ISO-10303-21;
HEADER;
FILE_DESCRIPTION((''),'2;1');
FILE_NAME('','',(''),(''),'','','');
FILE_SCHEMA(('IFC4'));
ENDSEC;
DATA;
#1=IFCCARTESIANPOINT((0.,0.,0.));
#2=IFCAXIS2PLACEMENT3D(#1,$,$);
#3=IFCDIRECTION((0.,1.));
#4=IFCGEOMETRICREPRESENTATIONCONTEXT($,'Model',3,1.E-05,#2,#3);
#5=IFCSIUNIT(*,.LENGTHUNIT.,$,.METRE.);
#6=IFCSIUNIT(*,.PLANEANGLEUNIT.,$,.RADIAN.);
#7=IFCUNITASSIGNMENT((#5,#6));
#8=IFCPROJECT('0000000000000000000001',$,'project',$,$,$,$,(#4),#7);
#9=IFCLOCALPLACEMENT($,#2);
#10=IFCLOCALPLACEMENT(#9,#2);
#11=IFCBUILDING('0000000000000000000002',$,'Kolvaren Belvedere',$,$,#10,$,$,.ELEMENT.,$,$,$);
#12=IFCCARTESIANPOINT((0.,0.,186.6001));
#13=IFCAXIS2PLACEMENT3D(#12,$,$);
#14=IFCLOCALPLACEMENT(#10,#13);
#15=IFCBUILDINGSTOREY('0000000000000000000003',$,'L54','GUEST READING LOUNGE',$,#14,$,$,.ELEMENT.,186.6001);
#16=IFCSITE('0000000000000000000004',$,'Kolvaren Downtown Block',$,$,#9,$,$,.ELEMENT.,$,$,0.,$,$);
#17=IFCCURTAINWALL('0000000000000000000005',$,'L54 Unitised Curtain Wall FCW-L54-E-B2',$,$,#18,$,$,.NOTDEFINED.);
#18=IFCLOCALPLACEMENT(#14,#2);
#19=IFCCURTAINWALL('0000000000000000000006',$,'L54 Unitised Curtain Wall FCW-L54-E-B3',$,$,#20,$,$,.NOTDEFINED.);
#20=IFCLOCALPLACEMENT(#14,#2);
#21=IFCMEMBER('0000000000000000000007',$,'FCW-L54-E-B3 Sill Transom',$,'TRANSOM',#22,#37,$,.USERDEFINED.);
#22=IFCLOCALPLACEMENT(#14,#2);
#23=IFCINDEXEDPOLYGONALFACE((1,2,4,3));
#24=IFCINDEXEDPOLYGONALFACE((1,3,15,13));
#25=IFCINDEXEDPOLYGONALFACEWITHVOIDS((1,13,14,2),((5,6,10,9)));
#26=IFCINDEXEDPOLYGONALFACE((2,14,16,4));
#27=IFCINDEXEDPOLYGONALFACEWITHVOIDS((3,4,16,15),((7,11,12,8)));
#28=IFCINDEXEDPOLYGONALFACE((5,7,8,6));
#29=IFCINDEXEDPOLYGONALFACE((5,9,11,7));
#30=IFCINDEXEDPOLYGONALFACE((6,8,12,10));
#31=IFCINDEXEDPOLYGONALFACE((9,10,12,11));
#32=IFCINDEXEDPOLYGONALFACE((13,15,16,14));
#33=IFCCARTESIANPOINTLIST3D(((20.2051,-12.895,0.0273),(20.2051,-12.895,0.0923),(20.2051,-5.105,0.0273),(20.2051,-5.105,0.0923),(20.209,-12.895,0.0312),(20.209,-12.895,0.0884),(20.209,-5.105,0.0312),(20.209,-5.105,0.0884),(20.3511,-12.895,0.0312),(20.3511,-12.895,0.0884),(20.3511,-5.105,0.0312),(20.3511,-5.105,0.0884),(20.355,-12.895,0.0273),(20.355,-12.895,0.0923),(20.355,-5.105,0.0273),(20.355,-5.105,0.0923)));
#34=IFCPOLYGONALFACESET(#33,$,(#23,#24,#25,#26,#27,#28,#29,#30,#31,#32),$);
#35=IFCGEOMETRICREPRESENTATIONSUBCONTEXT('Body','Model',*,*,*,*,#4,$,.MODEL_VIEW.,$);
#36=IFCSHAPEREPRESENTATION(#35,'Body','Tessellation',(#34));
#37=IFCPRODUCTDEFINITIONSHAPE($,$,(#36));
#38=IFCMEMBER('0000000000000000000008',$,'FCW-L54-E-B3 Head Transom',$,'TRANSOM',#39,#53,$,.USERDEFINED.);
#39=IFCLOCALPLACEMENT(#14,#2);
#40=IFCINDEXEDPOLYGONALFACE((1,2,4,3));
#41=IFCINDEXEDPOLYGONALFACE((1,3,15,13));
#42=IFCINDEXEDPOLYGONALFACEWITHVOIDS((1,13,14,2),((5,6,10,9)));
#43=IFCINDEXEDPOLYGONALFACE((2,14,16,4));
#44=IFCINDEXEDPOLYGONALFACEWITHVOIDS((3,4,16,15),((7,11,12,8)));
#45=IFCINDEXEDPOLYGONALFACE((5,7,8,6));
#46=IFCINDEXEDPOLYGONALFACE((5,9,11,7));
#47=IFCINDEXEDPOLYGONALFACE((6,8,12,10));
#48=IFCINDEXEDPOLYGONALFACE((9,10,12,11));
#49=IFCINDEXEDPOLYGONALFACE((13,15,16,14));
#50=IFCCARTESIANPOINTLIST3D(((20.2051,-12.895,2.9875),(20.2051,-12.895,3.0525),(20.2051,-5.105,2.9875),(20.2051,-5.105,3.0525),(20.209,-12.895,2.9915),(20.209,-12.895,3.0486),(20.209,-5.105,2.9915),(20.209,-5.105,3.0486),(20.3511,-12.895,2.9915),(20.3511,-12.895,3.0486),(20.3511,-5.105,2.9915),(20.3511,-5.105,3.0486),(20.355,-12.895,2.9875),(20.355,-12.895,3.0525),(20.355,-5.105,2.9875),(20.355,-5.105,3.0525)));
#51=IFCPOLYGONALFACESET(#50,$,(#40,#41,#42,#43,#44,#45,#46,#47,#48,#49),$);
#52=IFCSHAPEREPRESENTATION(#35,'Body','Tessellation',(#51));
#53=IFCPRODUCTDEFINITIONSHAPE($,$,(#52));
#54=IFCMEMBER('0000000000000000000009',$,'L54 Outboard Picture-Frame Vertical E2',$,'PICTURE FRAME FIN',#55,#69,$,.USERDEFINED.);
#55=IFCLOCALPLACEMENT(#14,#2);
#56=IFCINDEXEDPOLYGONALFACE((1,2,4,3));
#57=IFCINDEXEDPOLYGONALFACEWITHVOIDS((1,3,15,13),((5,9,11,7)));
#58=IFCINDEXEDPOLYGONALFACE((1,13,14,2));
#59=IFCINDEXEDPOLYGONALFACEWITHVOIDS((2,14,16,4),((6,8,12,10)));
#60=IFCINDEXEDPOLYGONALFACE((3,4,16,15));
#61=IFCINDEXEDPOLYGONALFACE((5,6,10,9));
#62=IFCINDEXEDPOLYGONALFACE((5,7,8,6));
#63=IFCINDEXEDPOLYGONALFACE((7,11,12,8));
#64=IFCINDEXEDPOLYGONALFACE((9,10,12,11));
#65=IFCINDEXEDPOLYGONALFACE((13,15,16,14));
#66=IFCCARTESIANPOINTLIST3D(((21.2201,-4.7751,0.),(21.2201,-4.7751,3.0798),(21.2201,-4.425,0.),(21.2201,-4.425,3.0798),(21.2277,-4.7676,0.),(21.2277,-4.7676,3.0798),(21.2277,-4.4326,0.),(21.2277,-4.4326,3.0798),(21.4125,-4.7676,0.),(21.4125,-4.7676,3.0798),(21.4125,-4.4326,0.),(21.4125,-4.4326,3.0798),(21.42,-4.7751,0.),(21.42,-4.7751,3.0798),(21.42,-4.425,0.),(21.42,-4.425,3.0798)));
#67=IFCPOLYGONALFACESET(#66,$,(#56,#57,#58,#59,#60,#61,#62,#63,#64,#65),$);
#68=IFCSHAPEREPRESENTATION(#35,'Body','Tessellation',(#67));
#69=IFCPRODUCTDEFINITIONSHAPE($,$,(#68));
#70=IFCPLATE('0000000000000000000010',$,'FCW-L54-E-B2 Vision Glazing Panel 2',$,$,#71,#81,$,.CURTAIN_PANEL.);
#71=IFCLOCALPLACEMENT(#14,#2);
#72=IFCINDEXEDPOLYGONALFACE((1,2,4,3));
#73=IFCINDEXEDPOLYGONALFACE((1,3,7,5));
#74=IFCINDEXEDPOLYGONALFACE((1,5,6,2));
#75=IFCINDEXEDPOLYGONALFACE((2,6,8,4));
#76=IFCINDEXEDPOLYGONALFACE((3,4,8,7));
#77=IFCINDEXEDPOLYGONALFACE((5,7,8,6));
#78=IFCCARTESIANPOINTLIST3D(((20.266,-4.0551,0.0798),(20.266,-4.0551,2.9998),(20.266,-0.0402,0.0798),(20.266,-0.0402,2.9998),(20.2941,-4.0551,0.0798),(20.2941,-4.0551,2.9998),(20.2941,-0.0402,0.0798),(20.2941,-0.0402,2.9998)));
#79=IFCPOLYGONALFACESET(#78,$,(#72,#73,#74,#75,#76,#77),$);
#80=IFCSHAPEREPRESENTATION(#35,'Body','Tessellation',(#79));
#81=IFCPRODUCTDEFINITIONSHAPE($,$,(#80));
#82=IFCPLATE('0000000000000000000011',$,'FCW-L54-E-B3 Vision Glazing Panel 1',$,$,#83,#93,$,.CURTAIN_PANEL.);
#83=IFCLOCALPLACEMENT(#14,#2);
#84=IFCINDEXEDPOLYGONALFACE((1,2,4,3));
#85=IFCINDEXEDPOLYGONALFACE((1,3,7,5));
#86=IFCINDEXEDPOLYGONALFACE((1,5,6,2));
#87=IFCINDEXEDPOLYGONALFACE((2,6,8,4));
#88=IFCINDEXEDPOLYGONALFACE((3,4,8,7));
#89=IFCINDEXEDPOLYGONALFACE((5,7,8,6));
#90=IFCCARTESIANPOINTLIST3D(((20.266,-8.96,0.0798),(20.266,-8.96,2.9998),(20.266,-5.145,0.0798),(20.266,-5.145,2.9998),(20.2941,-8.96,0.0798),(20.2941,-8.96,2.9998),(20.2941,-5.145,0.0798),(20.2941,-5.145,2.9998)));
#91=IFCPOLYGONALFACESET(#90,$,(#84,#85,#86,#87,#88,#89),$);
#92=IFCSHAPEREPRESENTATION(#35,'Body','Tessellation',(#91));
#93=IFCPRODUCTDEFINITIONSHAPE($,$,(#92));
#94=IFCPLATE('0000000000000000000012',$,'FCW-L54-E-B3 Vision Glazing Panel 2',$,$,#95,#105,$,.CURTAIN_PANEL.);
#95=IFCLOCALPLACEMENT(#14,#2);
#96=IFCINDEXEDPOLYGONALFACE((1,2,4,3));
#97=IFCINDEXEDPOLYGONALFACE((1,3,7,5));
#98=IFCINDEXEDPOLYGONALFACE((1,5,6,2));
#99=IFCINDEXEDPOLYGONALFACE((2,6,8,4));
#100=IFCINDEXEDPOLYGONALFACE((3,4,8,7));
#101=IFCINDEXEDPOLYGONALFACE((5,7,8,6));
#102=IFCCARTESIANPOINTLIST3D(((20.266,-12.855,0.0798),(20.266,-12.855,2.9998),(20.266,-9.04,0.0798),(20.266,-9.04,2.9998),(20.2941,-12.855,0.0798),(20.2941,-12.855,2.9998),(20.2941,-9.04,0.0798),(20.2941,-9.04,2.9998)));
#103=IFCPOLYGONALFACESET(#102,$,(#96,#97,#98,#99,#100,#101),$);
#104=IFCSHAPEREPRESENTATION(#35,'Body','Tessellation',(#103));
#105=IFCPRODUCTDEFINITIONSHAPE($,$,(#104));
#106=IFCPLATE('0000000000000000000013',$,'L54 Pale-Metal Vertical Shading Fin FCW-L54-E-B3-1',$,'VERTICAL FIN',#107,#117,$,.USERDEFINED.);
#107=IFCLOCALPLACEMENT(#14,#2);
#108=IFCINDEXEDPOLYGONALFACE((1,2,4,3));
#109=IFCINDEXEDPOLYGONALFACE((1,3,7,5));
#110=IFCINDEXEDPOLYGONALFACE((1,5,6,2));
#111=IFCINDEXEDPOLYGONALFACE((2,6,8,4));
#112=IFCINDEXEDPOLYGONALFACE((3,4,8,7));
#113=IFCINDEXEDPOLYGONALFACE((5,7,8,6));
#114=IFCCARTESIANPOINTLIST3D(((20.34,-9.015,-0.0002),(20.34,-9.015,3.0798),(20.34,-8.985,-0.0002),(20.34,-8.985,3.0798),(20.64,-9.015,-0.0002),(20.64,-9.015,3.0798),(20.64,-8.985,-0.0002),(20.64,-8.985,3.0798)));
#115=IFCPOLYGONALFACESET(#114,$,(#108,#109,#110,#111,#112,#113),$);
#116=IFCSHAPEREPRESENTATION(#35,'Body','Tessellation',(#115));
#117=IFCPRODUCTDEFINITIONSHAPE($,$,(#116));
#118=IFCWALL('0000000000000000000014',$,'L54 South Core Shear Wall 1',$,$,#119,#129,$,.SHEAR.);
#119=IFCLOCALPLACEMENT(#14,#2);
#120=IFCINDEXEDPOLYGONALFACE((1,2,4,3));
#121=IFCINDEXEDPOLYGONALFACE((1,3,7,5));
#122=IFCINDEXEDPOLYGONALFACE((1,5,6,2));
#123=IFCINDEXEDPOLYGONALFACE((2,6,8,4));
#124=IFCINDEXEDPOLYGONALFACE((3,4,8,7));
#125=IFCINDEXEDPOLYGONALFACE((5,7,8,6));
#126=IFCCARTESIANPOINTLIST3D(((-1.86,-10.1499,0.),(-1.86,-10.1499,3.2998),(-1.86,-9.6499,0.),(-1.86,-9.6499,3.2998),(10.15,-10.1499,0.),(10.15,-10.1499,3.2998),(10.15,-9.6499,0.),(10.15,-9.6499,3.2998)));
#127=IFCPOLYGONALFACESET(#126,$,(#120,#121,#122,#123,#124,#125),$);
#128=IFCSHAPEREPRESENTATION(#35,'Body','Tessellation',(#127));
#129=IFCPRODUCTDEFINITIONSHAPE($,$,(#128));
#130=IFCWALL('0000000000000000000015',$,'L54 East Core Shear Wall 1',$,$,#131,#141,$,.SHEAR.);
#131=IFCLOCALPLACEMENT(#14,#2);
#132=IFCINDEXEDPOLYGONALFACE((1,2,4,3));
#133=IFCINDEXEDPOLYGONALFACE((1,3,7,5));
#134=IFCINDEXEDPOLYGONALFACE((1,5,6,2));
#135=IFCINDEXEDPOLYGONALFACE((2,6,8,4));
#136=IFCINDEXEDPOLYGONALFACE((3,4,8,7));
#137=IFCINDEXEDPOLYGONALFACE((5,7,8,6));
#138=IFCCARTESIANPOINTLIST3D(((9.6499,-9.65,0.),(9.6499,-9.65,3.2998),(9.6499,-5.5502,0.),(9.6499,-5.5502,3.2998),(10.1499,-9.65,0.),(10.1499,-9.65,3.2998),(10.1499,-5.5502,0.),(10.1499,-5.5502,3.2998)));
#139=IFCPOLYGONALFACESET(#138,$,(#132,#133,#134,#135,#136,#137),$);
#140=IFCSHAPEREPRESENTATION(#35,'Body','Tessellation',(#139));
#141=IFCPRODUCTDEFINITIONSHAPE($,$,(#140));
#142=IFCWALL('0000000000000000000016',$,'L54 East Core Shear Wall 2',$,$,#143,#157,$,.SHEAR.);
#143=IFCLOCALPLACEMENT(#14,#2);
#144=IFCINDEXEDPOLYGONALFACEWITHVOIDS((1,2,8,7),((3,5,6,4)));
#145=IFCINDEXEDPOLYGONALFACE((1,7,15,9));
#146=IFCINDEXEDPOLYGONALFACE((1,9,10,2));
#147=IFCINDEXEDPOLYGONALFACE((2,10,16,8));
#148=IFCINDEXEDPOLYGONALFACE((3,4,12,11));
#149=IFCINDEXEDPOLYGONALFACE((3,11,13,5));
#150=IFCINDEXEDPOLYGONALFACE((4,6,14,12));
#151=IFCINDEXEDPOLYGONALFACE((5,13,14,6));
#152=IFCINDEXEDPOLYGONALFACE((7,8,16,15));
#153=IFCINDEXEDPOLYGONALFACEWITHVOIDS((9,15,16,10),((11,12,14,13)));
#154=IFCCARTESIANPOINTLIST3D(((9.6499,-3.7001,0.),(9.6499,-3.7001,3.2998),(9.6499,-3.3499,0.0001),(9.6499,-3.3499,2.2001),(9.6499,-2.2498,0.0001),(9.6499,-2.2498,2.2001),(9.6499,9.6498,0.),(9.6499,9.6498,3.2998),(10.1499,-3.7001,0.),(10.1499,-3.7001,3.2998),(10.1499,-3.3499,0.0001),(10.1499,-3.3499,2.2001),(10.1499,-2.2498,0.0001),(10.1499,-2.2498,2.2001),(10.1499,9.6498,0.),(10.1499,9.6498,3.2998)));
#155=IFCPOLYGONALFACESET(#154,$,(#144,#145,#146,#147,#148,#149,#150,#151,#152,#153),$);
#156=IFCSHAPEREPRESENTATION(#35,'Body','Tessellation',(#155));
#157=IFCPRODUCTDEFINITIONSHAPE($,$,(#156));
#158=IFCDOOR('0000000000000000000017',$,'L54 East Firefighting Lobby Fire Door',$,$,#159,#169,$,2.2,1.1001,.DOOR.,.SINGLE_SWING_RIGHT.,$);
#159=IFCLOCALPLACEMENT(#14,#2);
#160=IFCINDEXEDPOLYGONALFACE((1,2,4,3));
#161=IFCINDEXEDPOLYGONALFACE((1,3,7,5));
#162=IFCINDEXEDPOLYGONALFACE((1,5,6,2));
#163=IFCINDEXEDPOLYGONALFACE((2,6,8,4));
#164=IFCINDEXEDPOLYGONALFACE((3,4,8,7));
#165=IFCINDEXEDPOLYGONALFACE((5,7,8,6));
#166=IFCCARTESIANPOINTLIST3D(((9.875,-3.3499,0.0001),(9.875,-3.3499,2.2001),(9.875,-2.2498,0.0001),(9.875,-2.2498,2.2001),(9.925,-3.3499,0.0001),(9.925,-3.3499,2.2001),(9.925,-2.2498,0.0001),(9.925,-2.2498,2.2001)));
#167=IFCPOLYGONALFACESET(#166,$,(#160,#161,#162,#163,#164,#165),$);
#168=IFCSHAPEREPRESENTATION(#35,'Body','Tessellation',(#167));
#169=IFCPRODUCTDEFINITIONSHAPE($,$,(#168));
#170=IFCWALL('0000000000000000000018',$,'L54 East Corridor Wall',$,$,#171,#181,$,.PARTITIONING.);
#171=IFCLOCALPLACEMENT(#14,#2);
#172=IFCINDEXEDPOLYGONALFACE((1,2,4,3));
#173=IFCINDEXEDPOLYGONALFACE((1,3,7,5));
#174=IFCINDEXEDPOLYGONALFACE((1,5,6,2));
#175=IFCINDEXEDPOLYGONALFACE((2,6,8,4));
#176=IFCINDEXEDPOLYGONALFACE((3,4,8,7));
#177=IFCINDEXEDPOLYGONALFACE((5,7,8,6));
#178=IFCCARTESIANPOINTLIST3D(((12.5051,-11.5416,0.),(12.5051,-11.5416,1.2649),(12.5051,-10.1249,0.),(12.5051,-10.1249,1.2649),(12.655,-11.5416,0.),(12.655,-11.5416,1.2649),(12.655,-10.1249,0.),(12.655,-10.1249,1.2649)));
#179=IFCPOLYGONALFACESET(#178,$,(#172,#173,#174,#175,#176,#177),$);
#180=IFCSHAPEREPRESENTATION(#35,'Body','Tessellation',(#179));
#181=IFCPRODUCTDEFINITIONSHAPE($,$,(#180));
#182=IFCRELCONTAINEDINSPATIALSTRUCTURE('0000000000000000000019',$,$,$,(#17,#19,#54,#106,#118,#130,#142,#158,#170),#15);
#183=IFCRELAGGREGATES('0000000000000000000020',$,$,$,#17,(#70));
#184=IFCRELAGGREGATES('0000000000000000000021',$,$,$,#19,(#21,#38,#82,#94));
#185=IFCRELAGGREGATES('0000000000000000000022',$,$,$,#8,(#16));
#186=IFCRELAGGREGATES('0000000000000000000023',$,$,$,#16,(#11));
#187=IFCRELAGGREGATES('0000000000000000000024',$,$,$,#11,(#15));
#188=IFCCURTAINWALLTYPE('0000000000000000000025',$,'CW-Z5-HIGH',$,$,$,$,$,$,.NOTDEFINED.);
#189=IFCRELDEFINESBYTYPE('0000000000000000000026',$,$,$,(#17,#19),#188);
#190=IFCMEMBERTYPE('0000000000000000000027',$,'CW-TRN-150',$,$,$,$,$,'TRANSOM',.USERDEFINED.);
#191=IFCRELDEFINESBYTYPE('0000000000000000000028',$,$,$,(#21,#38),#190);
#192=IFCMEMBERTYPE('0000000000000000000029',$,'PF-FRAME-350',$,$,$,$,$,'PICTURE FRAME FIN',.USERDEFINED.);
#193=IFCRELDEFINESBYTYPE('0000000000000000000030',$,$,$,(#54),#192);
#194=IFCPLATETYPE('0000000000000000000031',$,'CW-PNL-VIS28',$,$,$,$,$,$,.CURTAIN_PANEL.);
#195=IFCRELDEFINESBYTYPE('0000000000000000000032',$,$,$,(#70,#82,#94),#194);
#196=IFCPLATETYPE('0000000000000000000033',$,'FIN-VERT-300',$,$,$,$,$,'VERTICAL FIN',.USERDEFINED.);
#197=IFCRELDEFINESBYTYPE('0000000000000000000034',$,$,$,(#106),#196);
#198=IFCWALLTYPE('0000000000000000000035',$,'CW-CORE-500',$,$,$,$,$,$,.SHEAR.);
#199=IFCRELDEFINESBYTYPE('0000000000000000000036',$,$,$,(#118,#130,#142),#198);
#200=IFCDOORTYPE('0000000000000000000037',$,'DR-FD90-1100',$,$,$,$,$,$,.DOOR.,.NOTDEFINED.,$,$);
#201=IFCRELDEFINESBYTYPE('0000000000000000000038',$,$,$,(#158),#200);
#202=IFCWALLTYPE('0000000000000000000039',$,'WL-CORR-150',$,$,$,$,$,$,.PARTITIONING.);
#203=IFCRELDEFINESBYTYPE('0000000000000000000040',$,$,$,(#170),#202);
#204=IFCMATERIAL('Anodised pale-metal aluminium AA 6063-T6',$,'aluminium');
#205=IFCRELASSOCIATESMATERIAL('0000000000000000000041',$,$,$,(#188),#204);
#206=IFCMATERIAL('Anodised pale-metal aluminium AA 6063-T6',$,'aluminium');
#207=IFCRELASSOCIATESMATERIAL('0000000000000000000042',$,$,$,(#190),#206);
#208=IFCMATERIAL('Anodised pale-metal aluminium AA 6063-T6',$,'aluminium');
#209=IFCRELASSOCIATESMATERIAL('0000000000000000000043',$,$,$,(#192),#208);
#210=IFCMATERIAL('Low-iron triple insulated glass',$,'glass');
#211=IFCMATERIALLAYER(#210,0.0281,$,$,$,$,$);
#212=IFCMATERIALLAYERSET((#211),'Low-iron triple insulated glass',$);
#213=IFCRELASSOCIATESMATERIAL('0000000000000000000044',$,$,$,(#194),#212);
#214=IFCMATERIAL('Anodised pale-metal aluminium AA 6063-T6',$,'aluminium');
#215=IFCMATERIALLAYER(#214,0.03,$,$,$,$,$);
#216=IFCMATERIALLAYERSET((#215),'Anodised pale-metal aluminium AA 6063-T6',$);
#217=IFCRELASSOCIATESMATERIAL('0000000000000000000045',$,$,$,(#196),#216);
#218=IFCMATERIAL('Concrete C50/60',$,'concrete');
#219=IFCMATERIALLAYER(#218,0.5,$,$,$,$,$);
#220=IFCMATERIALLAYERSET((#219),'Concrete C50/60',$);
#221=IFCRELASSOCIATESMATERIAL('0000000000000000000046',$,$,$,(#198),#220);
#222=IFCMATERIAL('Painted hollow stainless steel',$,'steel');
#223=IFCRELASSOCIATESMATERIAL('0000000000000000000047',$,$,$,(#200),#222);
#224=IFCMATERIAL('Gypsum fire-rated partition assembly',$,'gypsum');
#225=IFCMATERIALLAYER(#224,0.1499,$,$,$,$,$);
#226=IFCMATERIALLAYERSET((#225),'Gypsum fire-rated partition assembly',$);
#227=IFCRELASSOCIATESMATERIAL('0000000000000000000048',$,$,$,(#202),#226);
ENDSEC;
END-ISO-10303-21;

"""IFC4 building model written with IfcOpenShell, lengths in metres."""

from ifc_helpers import new_model, si_unit, direction, frame, frame_2d, origin, origin_2d, place, context, subcontext, project, spatial, rectangle, hollow_rectangle, extrude, material, layer, layer_set, material_profile, profile_set, type_object, element, fill, aggregate, save


model = new_model("IFC4")

# Units and contexts
model_context = context("Model", 3, precision=1e-05, world=origin(), true_north=direction((0.0, 1.0)))
body_context = subcontext(model_context, "Body", "Model", "MODEL_VIEW")
ifc_project = project(units=[si_unit("LENGTHUNIT", "METRE"), si_unit("PLANEANGLEUNIT", "RADIAN")], contexts=[model_context])

# Site, building, storey
site_placement = place(None, origin())
site = spatial("IfcSite", under=ifc_project, at=site_placement, Name="Kolvaren Downtown Block", CompositionType="ELEMENT", RefElevation=0.0)
building_placement = place(site_placement, origin())
building = spatial("IfcBuilding", under=site, at=building_placement, Name="Kolvaren Belvedere", CompositionType="ELEMENT")
storey_placement = place(building_placement, frame((0.0, 0.0, 186.6001)))
storey = spatial("IfcBuildingStorey", under=building, at=storey_placement, Name="L54", Description="GUEST READING LOUNGE", CompositionType="ELEMENT", Elevation=186.6001)

# Curtain wall
ifc_material_1 = material(Name="Anodised pale-metal aluminium AA 6063-T6", Category="aluminium")
curtain_wall_type = type_object("IfcCurtainWallType", Name="CW-Z5-HIGH", PredefinedType="NOTDEFINED", material=ifc_material_1)
curtain_wall_1_placement = place(storey_placement, origin())
curtain_wall_1 = element("IfcCurtainWall", 1, at=curtain_wall_1_placement, inside=storey, type_object=curtain_wall_type, Name="L54 Unitised Curtain Wall FCW-L54-E-B2", PredefinedType="NOTDEFINED")

# Curtain wall, members
curtain_wall_2_placement = place(storey_placement, origin())
curtain_wall_2 = element("IfcCurtainWall", 2, at=curtain_wall_2_placement, inside=storey, type_object=curtain_wall_type, Name="L54 Unitised Curtain Wall FCW-L54-E-B3", PredefinedType="NOTDEFINED")
ifc_material_2 = material(Name="Anodised pale-metal aluminium AA 6063-T6", Category="aluminium")
ifc_material_profile_1 = material_profile(ifc_material_2, hollow_rectangle(XDim=0.0649, YDim=0.1499, WallThickness=0.0039, at=origin_2d()), Name="ALU-TRN-150X65")
ifc_profile_set_1 = profile_set([ifc_material_profile_1], Name="Anodised pale-metal aluminium AA 6063-T6")
member_type_1 = type_object("IfcMemberType", Name="CW-TRN-150", ElementType="TRANSOM", PredefinedType="USERDEFINED", material=ifc_profile_set_1)
member_1_placement = place(storey_placement, frame((20.28, -5.105, 0.0598), z_axis=(0.0, -1.0, 0.0), x_axis=(0.0, 0.0, 1.0)))
member_1 = element("IfcMember", 3, at=member_1_placement, type_object=member_type_1, Name="FCW-L54-E-B3 Sill Transom", ObjectType="TRANSOM", PredefinedType="USERDEFINED", context=body_context, shape_type="SweptSolid", body=[
    extrude(hollow_rectangle(XDim=0.0649, YDim=0.1499, WallThickness=0.0039, at=origin_2d()), origin(), (0.0, 0.0, 1.0), 7.79),
])
member_2_placement = place(storey_placement, frame((20.28, -5.105, 3.02), z_axis=(0.0, -1.0, 0.0), x_axis=(0.0, 0.0, 1.0)))
member_2 = element("IfcMember", 4, at=member_2_placement, type_object=member_type_1, Name="FCW-L54-E-B3 Head Transom", ObjectType="TRANSOM", PredefinedType="USERDEFINED", context=body_context, shape_type="SweptSolid", body=[
    extrude(hollow_rectangle(XDim=0.0649, YDim=0.1499, WallThickness=0.0039, at=origin_2d()), origin(), (0.0, 0.0, 1.0), 7.79),
])

# Member
ifc_material_3 = material(Name="Anodised pale-metal aluminium AA 6063-T6", Category="aluminium")
ifc_material_profile_2 = material_profile(ifc_material_3, hollow_rectangle(XDim=0.2, YDim=0.3501, WallThickness=0.0076, at=origin_2d()), Name="ALU-PF-350X200")
ifc_profile_set_2 = profile_set([ifc_material_profile_2], Name="Anodised pale-metal aluminium AA 6063-T6")
member_type_2 = type_object("IfcMemberType", Name="PF-FRAME-350", ElementType="PICTURE FRAME FIN", PredefinedType="USERDEFINED", material=ifc_profile_set_2)
member_3_placement = place(storey_placement, frame((21.3201, -4.6001, 0.0), z_axis=(0.0, 0.0, 1.0), x_axis=(1.0, 0.0, 0.0)))
element("IfcMember", 5, at=member_3_placement, inside=storey, type_object=member_type_2, Name="L54 Outboard Picture-Frame Vertical E2", ObjectType="PICTURE FRAME FIN", PredefinedType="USERDEFINED", context=body_context, shape_type="SweptSolid", body=[
    extrude(hollow_rectangle(XDim=0.2, YDim=0.3501, WallThickness=0.0076, at=origin_2d()), origin(), (0.0, 0.0, 1.0), 3.0798),
])

# Plates
ifc_material_4 = material(Name="Low-iron triple insulated glass", Category="glass")
ifc_layer_1 = layer(ifc_material_4, 0.0281)
ifc_layer_set_1 = layer_set([ifc_layer_1], Name="Low-iron triple insulated glass")
plate_type_1 = type_object("IfcPlateType", Name="CW-PNL-VIS28", PredefinedType="CURTAIN_PANEL", material=ifc_layer_set_1)
plate_1_placement = place(storey_placement, frame((20.28, -2.0476, 0.0798), z_axis=(0.0, 0.0, 1.0), x_axis=(0.0, -1.0, 0.0)))
plate_1 = element("IfcPlate", 6, at=plate_1_placement, type_object=plate_type_1, Name="FCW-L54-E-B2 Vision Glazing Panel 2", PredefinedType="CURTAIN_PANEL", context=body_context, shape_type="SweptSolid", body=[
    extrude(rectangle(XDim=4.0149, YDim=0.0281, at=origin_2d()), origin(), (0.0, 0.0, 1.0), 2.9199),
])
aggregate(curtain_wall_1, [plate_1])
plate_2_placement = place(storey_placement, frame((20.28, -7.0525, 0.0798), z_axis=(0.0, 0.0, 1.0), x_axis=(0.0, -1.0, 0.0)))
plate_2 = element("IfcPlate", 7, at=plate_2_placement, type_object=plate_type_1, Name="FCW-L54-E-B3 Vision Glazing Panel 1", PredefinedType="CURTAIN_PANEL", context=body_context, shape_type="SweptSolid", body=[
    extrude(rectangle(XDim=3.8149, YDim=0.0281, at=origin_2d()), origin(), (0.0, 0.0, 1.0), 2.9199),
])
plate_3_placement = place(storey_placement, frame((20.28, -10.9475, 0.0798), z_axis=(0.0, 0.0, 1.0), x_axis=(0.0, -1.0, 0.0)))
plate_3 = element("IfcPlate", 8, at=plate_3_placement, type_object=plate_type_1, Name="FCW-L54-E-B3 Vision Glazing Panel 2", PredefinedType="CURTAIN_PANEL", context=body_context, shape_type="SweptSolid", body=[
    extrude(rectangle(XDim=3.8149, YDim=0.0281, at=origin_2d()), origin(), (0.0, 0.0, 1.0), 2.9199),
])
aggregate(curtain_wall_2, [member_1, member_2, plate_2, plate_3])
ifc_material_5 = material(Name="Anodised pale-metal aluminium AA 6063-T6", Category="aluminium")
ifc_layer_2 = layer(ifc_material_5, 0.03)
ifc_layer_set_2 = layer_set([ifc_layer_2], Name="Anodised pale-metal aluminium AA 6063-T6")
plate_type_2 = type_object("IfcPlateType", Name="FIN-VERT-300", ElementType="VERTICAL FIN", PredefinedType="USERDEFINED", material=ifc_layer_set_2)
plate_4_placement = place(storey_placement, frame((20.49, -9.0, -0.0002), z_axis=(0.0, 0.0, 1.0), x_axis=(1.0, 0.0, 0.0)))
element("IfcPlate", 9, at=plate_4_placement, inside=storey, type_object=plate_type_2, Name="L54 Pale-Metal Vertical Shading Fin FCW-L54-E-B3-1", ObjectType="VERTICAL FIN", PredefinedType="USERDEFINED", context=body_context, shape_type="SweptSolid", body=[
    extrude(rectangle(XDim=0.3, YDim=0.03, at=origin_2d()), origin(), (0.0, 0.0, 1.0), 3.0801),
])

# Walls
ifc_material_6 = material(Name="Concrete C50/60", Category="concrete")
ifc_layer_3 = layer(ifc_material_6, 0.5)
ifc_layer_set_3 = layer_set([ifc_layer_3], Name="Concrete C50/60")
wall_type_1 = type_object("IfcWallType", Name="CW-CORE-500", PredefinedType="SHEAR", material=ifc_layer_set_3)
wall_1_placement = place(storey_placement, frame((10.1499, -9.8999, 0.0), z_axis=(0.0, 0.0, 1.0), x_axis=(-1.0, 0.0, 0.0)))
element("IfcWall", 10, at=wall_1_placement, inside=storey, type_object=wall_type_1, Name="L54 South Core Shear Wall 1", PredefinedType="SHEAR", context=body_context, shape_type="SweptSolid", body=[
    extrude(rectangle(XDim=12.01, YDim=0.5, at=frame_2d((6.0049, 0.0))), origin(), (0.0, 0.0, 1.0), 3.2998),
])
wall_2_placement = place(storey_placement, frame((9.8999, -9.6499, 0.0), z_axis=(0.0, 0.0, 1.0), x_axis=(0.0, 1.0, 0.0)))
element("IfcWall", 11, at=wall_2_placement, inside=storey, type_object=wall_type_1, Name="L54 East Core Shear Wall 1", PredefinedType="SHEAR", context=body_context, shape_type="SweptSolid", body=[
    extrude(rectangle(XDim=4.0999, YDim=0.5, at=frame_2d((2.0498, 0.0))), origin(), (0.0, 0.0, 1.0), 3.2998),
])

# Wall, opening, door
wall_3_placement = place(storey_placement, frame((9.8999, -3.7, 0.0), z_axis=(0.0, 0.0, 1.0), x_axis=(0.0, 1.0, 0.0)))
wall_3 = element("IfcWall", 12, at=wall_3_placement, inside=storey, type_object=wall_type_1, Name="L54 East Core Shear Wall 2", PredefinedType="SHEAR", context=body_context, shape_type="SweptSolid", body=[
    extrude(rectangle(XDim=13.3499, YDim=0.5, at=frame_2d((6.6748, 0.0))), origin(), (0.0, 0.0, 1.0), 3.2998),
])
opening_1_placement = place(wall_3_placement, frame((0.3501, 0.0, 0.0)))
opening_1 = element("IfcOpeningElement", 13, at=opening_1_placement, cuts=wall_3, PredefinedType="OPENING", context=body_context, shape_type="SweptSolid", body=[
    extrude(rectangle(XDim=1.1001, YDim=2.2, at=frame_2d((0.55, 1.1001))), frame((0.0, 0.26, 0.0), z_axis=(0.0, -1.0, 0.0), x_axis=(1.0, 0.0, 0.0)), (0.0, 0.0, 1.0), 0.52),
])
ifc_material_7 = material(Name="Painted hollow stainless steel", Category="steel")
door_type_1 = type_object("IfcDoorType", Name="DR-FD90-1100", OperationType="NOTDEFINED", PredefinedType="DOOR", material=ifc_material_7)
door_1_placement = place(opening_1_placement, origin())
door_1 = element("IfcDoor", 14, at=door_1_placement, inside=storey, type_object=door_type_1, Name="L54 East Firefighting Lobby Fire Door", OperationType="SINGLE_SWING_RIGHT", OverallHeight=2.2, OverallWidth=1.1001, PredefinedType="DOOR", context=body_context, shape_type="SweptSolid", body=[
    extrude(rectangle(XDim=1.1001, YDim=2.2, at=frame_2d((0.55, 1.1001))), frame((0.0, 0.0249, 0.0), z_axis=(0.0, -1.0, 0.0), x_axis=(1.0, 0.0, 0.0)), (0.0, 0.0, 1.0), 0.05),
])
fill(opening_1, door_1)

# Wall
ifc_material_8 = material(Name="Gypsum fire-rated partition assembly", Category="gypsum")
ifc_layer_4 = layer(ifc_material_8, 0.1499)
ifc_layer_set_4 = layer_set([ifc_layer_4], Name="Gypsum fire-rated partition assembly")
wall_type_2 = type_object("IfcWallType", Name="WL-CORR-150", PredefinedType="PARTITIONING", material=ifc_layer_set_4)
wall_4_placement = place(storey_placement, frame((12.5801, -11.5417, 0.0), z_axis=(0.0, 0.0, 1.0), x_axis=(0.0, 1.0, 0.0)))
element("IfcWall", 15, at=wall_4_placement, inside=storey, type_object=wall_type_2, Name="L54 East Corridor Wall", PredefinedType="PARTITIONING", context=body_context, shape_type="SweptSolid", body=[
    extrude(rectangle(XDim=1.4167, YDim=0.1499, at=frame_2d((0.7085, 0.0))), origin(), (0.0, 0.0, 1.0), 1.2649),
])

save(model, "model.ifc")
